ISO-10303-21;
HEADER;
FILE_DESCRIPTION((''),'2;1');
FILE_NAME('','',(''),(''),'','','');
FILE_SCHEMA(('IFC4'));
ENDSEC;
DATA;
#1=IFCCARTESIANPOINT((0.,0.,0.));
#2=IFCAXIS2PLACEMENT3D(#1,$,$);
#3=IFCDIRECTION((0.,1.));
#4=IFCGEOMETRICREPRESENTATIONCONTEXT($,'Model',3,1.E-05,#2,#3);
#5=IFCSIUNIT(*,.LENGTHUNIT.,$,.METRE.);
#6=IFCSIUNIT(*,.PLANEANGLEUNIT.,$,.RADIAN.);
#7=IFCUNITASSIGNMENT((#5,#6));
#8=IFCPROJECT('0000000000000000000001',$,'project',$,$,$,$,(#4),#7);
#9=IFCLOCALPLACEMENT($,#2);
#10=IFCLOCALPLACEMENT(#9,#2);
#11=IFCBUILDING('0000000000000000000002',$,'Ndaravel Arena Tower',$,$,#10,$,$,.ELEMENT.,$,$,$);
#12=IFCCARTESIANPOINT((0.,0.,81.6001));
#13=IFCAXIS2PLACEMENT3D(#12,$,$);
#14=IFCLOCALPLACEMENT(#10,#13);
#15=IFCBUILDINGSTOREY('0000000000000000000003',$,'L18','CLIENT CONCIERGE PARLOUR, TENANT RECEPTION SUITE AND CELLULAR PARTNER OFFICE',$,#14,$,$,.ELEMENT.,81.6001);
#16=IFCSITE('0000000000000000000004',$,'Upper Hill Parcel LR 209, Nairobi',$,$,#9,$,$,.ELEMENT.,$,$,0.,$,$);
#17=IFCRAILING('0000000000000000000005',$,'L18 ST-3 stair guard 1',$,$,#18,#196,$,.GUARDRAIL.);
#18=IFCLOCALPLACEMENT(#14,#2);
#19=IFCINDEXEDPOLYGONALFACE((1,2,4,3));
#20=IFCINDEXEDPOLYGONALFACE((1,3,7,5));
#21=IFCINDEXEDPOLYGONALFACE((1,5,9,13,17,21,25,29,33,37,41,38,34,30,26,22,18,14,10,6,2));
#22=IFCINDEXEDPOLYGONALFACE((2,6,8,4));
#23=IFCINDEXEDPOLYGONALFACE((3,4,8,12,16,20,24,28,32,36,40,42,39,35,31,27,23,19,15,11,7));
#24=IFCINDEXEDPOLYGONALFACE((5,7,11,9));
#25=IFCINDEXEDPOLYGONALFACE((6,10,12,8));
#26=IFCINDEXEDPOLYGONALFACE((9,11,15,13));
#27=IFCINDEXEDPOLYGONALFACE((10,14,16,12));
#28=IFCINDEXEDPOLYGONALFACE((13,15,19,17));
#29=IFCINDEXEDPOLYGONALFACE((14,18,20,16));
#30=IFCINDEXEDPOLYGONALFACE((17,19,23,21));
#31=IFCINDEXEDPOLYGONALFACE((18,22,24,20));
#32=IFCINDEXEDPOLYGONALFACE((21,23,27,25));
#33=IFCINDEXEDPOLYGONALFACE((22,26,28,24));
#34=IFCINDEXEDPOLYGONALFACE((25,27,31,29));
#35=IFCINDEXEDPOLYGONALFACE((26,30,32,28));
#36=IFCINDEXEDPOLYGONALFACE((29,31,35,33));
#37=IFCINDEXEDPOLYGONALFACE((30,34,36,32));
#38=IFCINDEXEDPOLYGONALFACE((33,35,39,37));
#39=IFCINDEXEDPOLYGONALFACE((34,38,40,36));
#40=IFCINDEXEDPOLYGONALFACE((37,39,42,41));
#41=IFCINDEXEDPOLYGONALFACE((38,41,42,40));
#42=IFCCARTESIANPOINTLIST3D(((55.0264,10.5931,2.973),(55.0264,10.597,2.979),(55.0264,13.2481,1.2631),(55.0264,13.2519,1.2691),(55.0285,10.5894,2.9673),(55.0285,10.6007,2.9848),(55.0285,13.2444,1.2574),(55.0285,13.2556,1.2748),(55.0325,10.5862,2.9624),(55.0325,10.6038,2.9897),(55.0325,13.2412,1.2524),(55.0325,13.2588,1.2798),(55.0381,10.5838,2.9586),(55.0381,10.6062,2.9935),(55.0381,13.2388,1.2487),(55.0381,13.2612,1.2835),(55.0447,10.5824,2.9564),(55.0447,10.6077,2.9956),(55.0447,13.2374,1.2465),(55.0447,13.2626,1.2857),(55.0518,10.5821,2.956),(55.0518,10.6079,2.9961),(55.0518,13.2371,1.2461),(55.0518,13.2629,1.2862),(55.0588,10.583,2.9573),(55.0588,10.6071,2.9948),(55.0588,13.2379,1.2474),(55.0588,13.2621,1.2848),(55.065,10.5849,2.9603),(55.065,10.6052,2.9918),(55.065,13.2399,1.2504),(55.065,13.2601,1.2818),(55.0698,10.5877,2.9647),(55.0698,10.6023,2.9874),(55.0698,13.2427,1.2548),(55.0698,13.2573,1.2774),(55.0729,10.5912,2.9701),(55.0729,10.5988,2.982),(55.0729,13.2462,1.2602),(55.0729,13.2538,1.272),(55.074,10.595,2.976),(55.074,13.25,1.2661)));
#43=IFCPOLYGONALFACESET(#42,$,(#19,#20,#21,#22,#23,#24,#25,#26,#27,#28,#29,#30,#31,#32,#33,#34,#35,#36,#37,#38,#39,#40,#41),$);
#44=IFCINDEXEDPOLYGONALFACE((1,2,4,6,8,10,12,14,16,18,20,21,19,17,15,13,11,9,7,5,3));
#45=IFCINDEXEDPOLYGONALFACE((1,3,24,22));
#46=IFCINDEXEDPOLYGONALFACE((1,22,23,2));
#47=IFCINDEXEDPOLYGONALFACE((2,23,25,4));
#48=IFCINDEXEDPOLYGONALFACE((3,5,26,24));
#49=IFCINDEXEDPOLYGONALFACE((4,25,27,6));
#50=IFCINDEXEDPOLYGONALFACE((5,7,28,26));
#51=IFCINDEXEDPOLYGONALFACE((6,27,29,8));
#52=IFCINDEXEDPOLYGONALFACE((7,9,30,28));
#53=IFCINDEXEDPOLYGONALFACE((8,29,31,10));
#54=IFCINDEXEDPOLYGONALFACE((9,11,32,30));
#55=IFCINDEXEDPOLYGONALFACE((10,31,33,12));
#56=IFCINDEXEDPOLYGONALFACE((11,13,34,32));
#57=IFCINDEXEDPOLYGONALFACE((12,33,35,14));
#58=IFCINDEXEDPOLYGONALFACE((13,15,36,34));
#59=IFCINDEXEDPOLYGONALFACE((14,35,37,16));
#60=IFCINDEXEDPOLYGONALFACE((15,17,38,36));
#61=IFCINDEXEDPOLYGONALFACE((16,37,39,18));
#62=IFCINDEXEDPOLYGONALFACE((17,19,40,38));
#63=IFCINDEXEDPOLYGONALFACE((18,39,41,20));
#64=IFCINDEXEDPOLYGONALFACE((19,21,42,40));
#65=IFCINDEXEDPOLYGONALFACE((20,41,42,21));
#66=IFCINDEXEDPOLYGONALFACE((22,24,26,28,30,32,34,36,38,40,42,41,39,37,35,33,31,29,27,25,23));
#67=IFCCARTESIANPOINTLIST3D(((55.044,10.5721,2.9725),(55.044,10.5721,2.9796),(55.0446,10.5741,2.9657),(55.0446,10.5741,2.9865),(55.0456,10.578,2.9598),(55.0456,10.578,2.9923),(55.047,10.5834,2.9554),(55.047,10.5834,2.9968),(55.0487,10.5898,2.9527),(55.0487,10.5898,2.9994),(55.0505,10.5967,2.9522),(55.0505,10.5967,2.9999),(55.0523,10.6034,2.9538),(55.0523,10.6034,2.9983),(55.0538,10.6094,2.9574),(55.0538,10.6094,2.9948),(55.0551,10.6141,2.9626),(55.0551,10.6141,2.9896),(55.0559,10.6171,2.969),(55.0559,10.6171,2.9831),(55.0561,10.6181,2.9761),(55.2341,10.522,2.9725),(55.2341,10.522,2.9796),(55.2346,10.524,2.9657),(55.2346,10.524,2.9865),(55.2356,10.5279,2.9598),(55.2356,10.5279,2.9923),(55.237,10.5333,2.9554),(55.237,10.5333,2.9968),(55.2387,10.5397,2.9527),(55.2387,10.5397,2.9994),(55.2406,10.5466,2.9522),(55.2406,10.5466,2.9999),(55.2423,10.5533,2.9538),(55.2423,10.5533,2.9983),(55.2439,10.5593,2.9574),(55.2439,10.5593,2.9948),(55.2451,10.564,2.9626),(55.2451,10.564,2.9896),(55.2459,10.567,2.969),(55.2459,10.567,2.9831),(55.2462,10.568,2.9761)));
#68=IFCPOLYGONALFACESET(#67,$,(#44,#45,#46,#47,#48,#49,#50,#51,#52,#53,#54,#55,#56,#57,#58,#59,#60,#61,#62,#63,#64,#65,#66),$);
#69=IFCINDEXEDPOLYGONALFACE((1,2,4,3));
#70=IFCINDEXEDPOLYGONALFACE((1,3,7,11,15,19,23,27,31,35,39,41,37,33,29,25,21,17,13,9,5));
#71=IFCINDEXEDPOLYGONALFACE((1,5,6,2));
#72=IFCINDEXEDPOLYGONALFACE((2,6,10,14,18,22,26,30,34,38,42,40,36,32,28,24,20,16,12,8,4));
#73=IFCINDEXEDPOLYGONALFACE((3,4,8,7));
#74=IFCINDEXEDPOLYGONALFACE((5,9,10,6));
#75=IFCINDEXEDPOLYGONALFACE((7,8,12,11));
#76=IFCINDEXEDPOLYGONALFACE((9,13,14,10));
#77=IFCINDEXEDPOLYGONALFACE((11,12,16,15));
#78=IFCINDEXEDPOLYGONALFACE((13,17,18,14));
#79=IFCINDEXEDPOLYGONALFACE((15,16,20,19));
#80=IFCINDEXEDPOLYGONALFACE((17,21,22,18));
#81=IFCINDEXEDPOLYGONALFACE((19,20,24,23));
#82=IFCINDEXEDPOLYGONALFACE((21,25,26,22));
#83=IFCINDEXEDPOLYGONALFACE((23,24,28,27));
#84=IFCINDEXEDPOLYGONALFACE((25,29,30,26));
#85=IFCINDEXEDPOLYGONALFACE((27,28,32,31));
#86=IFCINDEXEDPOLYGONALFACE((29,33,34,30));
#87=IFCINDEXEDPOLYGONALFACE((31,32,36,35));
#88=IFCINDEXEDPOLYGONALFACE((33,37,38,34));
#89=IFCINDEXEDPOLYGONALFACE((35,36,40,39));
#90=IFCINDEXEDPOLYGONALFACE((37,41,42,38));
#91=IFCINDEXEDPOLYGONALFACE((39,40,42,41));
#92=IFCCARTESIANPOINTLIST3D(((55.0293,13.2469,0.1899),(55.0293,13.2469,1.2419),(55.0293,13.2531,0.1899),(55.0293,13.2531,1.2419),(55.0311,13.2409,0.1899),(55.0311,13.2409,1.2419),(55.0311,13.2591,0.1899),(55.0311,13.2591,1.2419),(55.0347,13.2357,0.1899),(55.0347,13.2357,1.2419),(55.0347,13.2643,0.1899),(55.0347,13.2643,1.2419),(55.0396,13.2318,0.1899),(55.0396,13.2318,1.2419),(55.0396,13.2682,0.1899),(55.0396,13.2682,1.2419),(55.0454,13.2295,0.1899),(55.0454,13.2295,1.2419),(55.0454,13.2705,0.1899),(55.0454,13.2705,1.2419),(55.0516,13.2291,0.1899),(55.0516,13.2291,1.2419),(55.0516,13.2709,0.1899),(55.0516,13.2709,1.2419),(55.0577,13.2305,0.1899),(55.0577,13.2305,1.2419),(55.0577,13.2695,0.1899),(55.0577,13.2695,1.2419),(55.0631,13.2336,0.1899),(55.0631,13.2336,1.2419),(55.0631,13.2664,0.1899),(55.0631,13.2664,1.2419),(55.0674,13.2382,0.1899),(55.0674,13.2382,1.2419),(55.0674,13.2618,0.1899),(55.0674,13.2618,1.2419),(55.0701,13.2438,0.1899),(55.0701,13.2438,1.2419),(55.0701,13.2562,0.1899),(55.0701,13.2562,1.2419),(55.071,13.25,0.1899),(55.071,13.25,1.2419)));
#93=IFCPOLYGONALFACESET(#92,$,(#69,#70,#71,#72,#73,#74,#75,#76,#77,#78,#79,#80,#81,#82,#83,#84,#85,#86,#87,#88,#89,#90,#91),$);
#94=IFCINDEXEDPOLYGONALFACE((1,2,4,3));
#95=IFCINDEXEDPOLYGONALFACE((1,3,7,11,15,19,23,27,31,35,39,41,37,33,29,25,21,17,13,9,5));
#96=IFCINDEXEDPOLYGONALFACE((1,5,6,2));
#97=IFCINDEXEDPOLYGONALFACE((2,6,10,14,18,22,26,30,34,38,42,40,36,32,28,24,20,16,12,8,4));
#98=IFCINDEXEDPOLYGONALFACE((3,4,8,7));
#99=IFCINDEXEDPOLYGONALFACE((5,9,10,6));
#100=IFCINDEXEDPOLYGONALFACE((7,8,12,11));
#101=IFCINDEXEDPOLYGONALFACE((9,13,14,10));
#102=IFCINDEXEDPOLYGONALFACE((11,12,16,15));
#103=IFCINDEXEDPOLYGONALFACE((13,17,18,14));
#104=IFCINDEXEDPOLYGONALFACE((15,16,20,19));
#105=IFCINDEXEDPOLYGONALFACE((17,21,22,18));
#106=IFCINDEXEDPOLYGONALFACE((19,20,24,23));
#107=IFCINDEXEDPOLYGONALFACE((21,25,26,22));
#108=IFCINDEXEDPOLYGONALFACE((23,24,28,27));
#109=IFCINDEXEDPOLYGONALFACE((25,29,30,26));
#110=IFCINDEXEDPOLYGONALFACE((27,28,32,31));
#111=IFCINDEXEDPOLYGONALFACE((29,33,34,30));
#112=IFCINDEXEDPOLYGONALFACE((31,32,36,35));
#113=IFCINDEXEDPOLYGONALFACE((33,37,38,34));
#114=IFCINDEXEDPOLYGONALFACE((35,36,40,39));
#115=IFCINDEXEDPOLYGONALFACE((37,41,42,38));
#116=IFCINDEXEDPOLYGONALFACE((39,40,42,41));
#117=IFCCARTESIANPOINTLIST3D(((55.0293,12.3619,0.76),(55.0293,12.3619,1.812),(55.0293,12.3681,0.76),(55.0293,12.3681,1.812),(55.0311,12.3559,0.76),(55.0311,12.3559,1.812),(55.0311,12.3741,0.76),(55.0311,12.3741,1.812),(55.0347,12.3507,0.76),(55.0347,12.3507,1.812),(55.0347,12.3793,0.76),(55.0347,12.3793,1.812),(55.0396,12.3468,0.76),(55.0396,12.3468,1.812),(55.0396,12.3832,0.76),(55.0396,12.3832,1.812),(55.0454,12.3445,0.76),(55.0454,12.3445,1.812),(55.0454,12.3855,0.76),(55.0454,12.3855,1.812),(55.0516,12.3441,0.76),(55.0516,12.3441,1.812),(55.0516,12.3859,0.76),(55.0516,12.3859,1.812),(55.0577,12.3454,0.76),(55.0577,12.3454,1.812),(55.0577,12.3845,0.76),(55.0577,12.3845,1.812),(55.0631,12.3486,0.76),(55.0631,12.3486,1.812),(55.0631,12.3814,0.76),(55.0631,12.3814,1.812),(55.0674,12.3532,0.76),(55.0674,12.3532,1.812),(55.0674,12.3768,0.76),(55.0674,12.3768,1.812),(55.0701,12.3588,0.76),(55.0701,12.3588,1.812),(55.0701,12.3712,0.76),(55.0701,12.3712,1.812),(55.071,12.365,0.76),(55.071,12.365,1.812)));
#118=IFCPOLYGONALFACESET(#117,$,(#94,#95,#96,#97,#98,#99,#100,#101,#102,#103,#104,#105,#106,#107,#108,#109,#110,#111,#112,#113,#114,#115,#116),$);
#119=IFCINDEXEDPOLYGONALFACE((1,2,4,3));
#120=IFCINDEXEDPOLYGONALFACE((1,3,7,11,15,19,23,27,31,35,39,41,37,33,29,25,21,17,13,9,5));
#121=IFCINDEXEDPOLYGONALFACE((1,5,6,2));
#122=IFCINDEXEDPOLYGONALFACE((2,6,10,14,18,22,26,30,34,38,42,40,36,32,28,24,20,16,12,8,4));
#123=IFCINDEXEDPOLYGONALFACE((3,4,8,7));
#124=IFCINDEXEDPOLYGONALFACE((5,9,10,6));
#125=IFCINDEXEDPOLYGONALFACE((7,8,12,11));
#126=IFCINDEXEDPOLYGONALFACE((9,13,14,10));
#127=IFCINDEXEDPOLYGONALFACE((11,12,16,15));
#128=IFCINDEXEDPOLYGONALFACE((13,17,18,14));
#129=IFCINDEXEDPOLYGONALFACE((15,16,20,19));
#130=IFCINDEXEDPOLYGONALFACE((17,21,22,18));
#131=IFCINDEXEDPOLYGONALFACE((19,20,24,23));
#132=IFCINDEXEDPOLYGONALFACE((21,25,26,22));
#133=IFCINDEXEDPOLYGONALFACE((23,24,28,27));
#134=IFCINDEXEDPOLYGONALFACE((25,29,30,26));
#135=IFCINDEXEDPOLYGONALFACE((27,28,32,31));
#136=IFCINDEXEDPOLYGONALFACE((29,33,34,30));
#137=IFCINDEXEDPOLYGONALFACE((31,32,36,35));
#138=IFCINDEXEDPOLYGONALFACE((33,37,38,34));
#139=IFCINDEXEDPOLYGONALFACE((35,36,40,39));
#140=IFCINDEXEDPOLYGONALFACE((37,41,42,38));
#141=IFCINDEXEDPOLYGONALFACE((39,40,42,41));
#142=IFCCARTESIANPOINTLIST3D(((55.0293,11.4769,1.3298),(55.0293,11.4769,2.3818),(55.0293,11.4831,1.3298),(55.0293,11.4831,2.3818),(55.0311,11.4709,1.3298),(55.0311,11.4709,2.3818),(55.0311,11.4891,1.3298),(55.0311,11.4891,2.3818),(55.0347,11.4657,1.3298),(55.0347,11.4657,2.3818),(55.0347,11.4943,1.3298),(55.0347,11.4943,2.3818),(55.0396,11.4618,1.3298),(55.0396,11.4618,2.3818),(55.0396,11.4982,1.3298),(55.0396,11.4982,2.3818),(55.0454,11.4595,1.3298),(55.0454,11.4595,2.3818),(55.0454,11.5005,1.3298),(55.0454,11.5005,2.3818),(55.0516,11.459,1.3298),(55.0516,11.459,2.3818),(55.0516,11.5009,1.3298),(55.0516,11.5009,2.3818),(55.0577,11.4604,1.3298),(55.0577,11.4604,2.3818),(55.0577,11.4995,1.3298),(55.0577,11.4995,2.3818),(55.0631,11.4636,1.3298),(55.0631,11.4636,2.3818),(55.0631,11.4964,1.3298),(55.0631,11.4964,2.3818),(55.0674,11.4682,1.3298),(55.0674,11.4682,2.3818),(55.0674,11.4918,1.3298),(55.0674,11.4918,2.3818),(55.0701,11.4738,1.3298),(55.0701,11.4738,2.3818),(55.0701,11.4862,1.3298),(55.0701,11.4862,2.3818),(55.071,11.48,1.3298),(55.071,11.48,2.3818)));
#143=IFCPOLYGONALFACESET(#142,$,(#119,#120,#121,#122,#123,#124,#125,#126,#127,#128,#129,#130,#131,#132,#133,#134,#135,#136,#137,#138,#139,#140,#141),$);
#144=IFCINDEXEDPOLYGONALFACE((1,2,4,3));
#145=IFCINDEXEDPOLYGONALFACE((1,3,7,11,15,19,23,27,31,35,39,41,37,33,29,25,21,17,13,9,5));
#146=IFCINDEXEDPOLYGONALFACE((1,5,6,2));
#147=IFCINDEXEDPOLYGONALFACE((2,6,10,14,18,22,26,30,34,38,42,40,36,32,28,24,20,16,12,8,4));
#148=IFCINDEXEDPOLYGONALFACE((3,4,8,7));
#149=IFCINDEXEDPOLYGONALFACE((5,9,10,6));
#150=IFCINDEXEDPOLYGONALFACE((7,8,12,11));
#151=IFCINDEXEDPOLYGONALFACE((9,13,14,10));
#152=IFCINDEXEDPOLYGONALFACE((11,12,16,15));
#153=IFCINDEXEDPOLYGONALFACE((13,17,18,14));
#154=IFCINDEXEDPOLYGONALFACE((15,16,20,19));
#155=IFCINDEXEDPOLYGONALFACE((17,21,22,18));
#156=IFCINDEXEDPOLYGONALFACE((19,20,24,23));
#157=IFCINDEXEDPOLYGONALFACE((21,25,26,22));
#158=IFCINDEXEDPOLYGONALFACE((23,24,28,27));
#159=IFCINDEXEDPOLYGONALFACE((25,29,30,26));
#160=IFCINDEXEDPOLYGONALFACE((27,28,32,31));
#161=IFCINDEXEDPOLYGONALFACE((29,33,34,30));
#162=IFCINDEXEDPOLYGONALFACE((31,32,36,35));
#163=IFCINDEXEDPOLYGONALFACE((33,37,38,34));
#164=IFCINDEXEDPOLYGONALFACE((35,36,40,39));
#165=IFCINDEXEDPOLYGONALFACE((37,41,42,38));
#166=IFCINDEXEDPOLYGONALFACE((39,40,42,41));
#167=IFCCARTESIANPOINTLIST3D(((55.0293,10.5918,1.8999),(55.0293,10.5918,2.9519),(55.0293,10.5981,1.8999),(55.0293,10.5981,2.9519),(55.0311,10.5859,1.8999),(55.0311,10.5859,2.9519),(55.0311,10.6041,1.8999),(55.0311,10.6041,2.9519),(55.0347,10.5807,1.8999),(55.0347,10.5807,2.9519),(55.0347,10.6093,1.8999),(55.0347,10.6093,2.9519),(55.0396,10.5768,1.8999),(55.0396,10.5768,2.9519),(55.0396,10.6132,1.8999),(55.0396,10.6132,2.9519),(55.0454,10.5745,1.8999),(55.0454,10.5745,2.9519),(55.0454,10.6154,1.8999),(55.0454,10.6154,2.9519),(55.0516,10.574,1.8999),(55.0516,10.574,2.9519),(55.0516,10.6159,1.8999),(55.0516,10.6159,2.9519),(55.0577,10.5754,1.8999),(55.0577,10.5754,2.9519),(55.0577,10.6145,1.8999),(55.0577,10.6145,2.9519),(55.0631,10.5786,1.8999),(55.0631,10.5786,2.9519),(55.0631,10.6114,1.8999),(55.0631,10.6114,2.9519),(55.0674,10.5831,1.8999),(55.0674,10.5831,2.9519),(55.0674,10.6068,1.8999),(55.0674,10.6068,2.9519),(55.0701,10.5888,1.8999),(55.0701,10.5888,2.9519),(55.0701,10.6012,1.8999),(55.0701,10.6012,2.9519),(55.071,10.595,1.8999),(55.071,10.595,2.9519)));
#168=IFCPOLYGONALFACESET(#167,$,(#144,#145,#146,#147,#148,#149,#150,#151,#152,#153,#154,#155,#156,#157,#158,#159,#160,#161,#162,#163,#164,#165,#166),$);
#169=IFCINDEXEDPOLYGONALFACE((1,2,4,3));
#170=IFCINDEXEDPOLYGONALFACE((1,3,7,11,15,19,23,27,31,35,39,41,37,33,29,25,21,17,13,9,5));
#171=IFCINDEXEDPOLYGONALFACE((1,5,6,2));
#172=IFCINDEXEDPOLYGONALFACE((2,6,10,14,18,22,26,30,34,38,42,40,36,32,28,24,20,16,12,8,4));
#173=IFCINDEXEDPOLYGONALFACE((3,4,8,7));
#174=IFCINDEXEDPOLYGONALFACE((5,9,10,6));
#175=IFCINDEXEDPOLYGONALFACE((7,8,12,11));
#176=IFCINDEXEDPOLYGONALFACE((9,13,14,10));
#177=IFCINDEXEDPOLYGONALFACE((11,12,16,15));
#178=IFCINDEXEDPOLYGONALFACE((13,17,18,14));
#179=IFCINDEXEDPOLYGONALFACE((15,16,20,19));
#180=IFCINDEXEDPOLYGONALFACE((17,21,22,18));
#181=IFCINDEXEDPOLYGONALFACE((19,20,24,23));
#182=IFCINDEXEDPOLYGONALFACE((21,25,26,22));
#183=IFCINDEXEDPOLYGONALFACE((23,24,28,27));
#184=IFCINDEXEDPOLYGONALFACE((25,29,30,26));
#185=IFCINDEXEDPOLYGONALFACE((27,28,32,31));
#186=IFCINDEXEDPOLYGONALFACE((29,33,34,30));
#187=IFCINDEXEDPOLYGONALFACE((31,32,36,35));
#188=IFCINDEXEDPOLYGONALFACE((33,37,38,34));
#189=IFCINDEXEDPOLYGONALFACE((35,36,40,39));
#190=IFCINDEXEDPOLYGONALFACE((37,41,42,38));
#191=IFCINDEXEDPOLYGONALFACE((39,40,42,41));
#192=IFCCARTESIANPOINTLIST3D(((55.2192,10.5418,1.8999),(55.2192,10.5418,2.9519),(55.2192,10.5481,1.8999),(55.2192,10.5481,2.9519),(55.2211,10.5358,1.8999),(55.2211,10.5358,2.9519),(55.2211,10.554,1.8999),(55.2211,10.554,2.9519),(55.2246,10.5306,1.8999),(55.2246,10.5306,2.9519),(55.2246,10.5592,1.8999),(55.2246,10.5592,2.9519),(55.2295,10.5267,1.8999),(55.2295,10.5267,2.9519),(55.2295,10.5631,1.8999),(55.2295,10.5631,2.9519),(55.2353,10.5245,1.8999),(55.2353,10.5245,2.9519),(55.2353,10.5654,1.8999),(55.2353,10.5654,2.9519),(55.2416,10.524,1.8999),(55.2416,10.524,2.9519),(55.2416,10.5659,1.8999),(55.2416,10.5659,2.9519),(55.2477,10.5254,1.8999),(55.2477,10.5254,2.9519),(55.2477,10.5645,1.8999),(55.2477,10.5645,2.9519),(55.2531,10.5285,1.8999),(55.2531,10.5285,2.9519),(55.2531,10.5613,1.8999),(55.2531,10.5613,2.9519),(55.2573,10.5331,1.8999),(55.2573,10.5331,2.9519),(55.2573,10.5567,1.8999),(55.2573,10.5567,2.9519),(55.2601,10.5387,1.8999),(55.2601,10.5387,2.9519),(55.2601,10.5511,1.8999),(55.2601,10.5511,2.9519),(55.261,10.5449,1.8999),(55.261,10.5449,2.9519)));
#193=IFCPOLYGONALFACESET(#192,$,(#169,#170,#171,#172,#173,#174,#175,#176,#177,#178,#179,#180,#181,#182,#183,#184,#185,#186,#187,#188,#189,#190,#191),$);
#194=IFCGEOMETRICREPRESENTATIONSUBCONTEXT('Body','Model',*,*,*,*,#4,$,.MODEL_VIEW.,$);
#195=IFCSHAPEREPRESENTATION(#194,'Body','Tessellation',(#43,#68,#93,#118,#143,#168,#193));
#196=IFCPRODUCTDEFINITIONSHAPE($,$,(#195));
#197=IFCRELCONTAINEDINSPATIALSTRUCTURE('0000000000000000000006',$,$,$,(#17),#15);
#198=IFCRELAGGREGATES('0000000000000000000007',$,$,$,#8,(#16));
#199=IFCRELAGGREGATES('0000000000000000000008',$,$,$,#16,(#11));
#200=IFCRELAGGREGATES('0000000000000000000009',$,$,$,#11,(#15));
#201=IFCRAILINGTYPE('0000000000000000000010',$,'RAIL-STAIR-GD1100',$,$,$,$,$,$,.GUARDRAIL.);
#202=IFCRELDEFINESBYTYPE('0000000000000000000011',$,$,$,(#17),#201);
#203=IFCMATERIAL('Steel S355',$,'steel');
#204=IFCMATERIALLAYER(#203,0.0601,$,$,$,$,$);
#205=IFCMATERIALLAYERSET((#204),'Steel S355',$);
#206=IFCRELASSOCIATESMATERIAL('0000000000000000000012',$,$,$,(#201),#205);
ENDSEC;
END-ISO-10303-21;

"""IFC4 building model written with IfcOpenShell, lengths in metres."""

from ifc_helpers import new_model, si_unit, direction, frame, origin, origin_2d, place, context, subcontext, project, spatial, circle, extrude, material, layer, layer_set, type_object, element, save


model = new_model("IFC4")

# Units and contexts
model_context = context("Model", 3, precision=1e-05, world=origin(), true_north=direction((0.0, 1.0)))
body_context = subcontext(model_context, "Body", "Model", "MODEL_VIEW")
ifc_project = project(units=[si_unit("LENGTHUNIT", "METRE"), si_unit("PLANEANGLEUNIT", "RADIAN")], contexts=[model_context])

# Site, building, storey
site_placement = place(None, origin())
site = spatial("IfcSite", under=ifc_project, at=site_placement, Name="Upper Hill Parcel LR 209, Nairobi", CompositionType="ELEMENT", RefElevation=0.0)
building_placement = place(site_placement, origin())
building = spatial("IfcBuilding", under=site, at=building_placement, Name="Ndaravel Arena Tower", CompositionType="ELEMENT")
storey_placement = place(building_placement, frame((0.0, 0.0, 81.6001)))
storey = spatial("IfcBuildingStorey", under=building, at=storey_placement, Name="L18", Description="CLIENT CONCIERGE PARLOUR, TENANT RECEPTION SUITE AND CELLULAR PARTNER OFFICE", CompositionType="ELEMENT", Elevation=81.6001)

# Railing
ifc_material_1 = material(Name="Steel S355", Category="steel")
ifc_layer_1 = layer(ifc_material_1, 0.0601)
ifc_layer_set_1 = layer_set([ifc_layer_1], Name="Steel S355")
railing_type_1 = type_object("IfcRailingType", Name="RAIL-STAIR-GD1100", PredefinedType="GUARDRAIL", material=ifc_layer_set_1)
railing_1_placement = place(storey_placement, frame((55.05, 13.25, 0.1899)))
element("IfcRailing", 1, at=railing_1_placement, inside=storey, type_object=railing_type_1, Name="L18 ST-3 stair guard 1", PredefinedType="GUARDRAIL", context=body_context, shape_type="SweptSolid", body=[
    extrude(circle(Radius=0.0239, at=origin_2d()), frame((0.0, 0.0, 1.0762), z_axis=(0.0, -0.840724, 0.541465), x_axis=(1.0, 0.0, 0.0)), (0.0, 0.0, 1.0), 3.158),
    extrude(circle(Radius=0.0239, at=origin_2d()), frame((0.0, -2.655, 2.7861), z_axis=(0.966994, -0.254799, 0.0), x_axis=(0.254799, 0.966994, 0.0)), (0.0, 0.0, 1.0), 0.1965),
    extrude(circle(Radius=0.021, at=origin_2d()), origin(), (0.0, 0.0, 1.0), 1.052),
    extrude(circle(Radius=0.021, at=origin_2d()), frame((0.0, -0.885, 0.5701)), (0.0, 0.0, 1.0), 1.052),
    extrude(circle(Radius=0.021, at=origin_2d()), frame((0.0, -1.77, 1.1399)), (0.0, 0.0, 1.0), 1.052),
    extrude(circle(Radius=0.021, at=origin_2d()), frame((0.0, -2.655, 1.71)), (0.0, 0.0, 1.0), 1.052),
    extrude(circle(Radius=0.021, at=origin_2d()), frame((0.1899, -2.7051, 1.71)), (0.0, 0.0, 1.0), 1.052),
])

save(model, "model.ifc")
